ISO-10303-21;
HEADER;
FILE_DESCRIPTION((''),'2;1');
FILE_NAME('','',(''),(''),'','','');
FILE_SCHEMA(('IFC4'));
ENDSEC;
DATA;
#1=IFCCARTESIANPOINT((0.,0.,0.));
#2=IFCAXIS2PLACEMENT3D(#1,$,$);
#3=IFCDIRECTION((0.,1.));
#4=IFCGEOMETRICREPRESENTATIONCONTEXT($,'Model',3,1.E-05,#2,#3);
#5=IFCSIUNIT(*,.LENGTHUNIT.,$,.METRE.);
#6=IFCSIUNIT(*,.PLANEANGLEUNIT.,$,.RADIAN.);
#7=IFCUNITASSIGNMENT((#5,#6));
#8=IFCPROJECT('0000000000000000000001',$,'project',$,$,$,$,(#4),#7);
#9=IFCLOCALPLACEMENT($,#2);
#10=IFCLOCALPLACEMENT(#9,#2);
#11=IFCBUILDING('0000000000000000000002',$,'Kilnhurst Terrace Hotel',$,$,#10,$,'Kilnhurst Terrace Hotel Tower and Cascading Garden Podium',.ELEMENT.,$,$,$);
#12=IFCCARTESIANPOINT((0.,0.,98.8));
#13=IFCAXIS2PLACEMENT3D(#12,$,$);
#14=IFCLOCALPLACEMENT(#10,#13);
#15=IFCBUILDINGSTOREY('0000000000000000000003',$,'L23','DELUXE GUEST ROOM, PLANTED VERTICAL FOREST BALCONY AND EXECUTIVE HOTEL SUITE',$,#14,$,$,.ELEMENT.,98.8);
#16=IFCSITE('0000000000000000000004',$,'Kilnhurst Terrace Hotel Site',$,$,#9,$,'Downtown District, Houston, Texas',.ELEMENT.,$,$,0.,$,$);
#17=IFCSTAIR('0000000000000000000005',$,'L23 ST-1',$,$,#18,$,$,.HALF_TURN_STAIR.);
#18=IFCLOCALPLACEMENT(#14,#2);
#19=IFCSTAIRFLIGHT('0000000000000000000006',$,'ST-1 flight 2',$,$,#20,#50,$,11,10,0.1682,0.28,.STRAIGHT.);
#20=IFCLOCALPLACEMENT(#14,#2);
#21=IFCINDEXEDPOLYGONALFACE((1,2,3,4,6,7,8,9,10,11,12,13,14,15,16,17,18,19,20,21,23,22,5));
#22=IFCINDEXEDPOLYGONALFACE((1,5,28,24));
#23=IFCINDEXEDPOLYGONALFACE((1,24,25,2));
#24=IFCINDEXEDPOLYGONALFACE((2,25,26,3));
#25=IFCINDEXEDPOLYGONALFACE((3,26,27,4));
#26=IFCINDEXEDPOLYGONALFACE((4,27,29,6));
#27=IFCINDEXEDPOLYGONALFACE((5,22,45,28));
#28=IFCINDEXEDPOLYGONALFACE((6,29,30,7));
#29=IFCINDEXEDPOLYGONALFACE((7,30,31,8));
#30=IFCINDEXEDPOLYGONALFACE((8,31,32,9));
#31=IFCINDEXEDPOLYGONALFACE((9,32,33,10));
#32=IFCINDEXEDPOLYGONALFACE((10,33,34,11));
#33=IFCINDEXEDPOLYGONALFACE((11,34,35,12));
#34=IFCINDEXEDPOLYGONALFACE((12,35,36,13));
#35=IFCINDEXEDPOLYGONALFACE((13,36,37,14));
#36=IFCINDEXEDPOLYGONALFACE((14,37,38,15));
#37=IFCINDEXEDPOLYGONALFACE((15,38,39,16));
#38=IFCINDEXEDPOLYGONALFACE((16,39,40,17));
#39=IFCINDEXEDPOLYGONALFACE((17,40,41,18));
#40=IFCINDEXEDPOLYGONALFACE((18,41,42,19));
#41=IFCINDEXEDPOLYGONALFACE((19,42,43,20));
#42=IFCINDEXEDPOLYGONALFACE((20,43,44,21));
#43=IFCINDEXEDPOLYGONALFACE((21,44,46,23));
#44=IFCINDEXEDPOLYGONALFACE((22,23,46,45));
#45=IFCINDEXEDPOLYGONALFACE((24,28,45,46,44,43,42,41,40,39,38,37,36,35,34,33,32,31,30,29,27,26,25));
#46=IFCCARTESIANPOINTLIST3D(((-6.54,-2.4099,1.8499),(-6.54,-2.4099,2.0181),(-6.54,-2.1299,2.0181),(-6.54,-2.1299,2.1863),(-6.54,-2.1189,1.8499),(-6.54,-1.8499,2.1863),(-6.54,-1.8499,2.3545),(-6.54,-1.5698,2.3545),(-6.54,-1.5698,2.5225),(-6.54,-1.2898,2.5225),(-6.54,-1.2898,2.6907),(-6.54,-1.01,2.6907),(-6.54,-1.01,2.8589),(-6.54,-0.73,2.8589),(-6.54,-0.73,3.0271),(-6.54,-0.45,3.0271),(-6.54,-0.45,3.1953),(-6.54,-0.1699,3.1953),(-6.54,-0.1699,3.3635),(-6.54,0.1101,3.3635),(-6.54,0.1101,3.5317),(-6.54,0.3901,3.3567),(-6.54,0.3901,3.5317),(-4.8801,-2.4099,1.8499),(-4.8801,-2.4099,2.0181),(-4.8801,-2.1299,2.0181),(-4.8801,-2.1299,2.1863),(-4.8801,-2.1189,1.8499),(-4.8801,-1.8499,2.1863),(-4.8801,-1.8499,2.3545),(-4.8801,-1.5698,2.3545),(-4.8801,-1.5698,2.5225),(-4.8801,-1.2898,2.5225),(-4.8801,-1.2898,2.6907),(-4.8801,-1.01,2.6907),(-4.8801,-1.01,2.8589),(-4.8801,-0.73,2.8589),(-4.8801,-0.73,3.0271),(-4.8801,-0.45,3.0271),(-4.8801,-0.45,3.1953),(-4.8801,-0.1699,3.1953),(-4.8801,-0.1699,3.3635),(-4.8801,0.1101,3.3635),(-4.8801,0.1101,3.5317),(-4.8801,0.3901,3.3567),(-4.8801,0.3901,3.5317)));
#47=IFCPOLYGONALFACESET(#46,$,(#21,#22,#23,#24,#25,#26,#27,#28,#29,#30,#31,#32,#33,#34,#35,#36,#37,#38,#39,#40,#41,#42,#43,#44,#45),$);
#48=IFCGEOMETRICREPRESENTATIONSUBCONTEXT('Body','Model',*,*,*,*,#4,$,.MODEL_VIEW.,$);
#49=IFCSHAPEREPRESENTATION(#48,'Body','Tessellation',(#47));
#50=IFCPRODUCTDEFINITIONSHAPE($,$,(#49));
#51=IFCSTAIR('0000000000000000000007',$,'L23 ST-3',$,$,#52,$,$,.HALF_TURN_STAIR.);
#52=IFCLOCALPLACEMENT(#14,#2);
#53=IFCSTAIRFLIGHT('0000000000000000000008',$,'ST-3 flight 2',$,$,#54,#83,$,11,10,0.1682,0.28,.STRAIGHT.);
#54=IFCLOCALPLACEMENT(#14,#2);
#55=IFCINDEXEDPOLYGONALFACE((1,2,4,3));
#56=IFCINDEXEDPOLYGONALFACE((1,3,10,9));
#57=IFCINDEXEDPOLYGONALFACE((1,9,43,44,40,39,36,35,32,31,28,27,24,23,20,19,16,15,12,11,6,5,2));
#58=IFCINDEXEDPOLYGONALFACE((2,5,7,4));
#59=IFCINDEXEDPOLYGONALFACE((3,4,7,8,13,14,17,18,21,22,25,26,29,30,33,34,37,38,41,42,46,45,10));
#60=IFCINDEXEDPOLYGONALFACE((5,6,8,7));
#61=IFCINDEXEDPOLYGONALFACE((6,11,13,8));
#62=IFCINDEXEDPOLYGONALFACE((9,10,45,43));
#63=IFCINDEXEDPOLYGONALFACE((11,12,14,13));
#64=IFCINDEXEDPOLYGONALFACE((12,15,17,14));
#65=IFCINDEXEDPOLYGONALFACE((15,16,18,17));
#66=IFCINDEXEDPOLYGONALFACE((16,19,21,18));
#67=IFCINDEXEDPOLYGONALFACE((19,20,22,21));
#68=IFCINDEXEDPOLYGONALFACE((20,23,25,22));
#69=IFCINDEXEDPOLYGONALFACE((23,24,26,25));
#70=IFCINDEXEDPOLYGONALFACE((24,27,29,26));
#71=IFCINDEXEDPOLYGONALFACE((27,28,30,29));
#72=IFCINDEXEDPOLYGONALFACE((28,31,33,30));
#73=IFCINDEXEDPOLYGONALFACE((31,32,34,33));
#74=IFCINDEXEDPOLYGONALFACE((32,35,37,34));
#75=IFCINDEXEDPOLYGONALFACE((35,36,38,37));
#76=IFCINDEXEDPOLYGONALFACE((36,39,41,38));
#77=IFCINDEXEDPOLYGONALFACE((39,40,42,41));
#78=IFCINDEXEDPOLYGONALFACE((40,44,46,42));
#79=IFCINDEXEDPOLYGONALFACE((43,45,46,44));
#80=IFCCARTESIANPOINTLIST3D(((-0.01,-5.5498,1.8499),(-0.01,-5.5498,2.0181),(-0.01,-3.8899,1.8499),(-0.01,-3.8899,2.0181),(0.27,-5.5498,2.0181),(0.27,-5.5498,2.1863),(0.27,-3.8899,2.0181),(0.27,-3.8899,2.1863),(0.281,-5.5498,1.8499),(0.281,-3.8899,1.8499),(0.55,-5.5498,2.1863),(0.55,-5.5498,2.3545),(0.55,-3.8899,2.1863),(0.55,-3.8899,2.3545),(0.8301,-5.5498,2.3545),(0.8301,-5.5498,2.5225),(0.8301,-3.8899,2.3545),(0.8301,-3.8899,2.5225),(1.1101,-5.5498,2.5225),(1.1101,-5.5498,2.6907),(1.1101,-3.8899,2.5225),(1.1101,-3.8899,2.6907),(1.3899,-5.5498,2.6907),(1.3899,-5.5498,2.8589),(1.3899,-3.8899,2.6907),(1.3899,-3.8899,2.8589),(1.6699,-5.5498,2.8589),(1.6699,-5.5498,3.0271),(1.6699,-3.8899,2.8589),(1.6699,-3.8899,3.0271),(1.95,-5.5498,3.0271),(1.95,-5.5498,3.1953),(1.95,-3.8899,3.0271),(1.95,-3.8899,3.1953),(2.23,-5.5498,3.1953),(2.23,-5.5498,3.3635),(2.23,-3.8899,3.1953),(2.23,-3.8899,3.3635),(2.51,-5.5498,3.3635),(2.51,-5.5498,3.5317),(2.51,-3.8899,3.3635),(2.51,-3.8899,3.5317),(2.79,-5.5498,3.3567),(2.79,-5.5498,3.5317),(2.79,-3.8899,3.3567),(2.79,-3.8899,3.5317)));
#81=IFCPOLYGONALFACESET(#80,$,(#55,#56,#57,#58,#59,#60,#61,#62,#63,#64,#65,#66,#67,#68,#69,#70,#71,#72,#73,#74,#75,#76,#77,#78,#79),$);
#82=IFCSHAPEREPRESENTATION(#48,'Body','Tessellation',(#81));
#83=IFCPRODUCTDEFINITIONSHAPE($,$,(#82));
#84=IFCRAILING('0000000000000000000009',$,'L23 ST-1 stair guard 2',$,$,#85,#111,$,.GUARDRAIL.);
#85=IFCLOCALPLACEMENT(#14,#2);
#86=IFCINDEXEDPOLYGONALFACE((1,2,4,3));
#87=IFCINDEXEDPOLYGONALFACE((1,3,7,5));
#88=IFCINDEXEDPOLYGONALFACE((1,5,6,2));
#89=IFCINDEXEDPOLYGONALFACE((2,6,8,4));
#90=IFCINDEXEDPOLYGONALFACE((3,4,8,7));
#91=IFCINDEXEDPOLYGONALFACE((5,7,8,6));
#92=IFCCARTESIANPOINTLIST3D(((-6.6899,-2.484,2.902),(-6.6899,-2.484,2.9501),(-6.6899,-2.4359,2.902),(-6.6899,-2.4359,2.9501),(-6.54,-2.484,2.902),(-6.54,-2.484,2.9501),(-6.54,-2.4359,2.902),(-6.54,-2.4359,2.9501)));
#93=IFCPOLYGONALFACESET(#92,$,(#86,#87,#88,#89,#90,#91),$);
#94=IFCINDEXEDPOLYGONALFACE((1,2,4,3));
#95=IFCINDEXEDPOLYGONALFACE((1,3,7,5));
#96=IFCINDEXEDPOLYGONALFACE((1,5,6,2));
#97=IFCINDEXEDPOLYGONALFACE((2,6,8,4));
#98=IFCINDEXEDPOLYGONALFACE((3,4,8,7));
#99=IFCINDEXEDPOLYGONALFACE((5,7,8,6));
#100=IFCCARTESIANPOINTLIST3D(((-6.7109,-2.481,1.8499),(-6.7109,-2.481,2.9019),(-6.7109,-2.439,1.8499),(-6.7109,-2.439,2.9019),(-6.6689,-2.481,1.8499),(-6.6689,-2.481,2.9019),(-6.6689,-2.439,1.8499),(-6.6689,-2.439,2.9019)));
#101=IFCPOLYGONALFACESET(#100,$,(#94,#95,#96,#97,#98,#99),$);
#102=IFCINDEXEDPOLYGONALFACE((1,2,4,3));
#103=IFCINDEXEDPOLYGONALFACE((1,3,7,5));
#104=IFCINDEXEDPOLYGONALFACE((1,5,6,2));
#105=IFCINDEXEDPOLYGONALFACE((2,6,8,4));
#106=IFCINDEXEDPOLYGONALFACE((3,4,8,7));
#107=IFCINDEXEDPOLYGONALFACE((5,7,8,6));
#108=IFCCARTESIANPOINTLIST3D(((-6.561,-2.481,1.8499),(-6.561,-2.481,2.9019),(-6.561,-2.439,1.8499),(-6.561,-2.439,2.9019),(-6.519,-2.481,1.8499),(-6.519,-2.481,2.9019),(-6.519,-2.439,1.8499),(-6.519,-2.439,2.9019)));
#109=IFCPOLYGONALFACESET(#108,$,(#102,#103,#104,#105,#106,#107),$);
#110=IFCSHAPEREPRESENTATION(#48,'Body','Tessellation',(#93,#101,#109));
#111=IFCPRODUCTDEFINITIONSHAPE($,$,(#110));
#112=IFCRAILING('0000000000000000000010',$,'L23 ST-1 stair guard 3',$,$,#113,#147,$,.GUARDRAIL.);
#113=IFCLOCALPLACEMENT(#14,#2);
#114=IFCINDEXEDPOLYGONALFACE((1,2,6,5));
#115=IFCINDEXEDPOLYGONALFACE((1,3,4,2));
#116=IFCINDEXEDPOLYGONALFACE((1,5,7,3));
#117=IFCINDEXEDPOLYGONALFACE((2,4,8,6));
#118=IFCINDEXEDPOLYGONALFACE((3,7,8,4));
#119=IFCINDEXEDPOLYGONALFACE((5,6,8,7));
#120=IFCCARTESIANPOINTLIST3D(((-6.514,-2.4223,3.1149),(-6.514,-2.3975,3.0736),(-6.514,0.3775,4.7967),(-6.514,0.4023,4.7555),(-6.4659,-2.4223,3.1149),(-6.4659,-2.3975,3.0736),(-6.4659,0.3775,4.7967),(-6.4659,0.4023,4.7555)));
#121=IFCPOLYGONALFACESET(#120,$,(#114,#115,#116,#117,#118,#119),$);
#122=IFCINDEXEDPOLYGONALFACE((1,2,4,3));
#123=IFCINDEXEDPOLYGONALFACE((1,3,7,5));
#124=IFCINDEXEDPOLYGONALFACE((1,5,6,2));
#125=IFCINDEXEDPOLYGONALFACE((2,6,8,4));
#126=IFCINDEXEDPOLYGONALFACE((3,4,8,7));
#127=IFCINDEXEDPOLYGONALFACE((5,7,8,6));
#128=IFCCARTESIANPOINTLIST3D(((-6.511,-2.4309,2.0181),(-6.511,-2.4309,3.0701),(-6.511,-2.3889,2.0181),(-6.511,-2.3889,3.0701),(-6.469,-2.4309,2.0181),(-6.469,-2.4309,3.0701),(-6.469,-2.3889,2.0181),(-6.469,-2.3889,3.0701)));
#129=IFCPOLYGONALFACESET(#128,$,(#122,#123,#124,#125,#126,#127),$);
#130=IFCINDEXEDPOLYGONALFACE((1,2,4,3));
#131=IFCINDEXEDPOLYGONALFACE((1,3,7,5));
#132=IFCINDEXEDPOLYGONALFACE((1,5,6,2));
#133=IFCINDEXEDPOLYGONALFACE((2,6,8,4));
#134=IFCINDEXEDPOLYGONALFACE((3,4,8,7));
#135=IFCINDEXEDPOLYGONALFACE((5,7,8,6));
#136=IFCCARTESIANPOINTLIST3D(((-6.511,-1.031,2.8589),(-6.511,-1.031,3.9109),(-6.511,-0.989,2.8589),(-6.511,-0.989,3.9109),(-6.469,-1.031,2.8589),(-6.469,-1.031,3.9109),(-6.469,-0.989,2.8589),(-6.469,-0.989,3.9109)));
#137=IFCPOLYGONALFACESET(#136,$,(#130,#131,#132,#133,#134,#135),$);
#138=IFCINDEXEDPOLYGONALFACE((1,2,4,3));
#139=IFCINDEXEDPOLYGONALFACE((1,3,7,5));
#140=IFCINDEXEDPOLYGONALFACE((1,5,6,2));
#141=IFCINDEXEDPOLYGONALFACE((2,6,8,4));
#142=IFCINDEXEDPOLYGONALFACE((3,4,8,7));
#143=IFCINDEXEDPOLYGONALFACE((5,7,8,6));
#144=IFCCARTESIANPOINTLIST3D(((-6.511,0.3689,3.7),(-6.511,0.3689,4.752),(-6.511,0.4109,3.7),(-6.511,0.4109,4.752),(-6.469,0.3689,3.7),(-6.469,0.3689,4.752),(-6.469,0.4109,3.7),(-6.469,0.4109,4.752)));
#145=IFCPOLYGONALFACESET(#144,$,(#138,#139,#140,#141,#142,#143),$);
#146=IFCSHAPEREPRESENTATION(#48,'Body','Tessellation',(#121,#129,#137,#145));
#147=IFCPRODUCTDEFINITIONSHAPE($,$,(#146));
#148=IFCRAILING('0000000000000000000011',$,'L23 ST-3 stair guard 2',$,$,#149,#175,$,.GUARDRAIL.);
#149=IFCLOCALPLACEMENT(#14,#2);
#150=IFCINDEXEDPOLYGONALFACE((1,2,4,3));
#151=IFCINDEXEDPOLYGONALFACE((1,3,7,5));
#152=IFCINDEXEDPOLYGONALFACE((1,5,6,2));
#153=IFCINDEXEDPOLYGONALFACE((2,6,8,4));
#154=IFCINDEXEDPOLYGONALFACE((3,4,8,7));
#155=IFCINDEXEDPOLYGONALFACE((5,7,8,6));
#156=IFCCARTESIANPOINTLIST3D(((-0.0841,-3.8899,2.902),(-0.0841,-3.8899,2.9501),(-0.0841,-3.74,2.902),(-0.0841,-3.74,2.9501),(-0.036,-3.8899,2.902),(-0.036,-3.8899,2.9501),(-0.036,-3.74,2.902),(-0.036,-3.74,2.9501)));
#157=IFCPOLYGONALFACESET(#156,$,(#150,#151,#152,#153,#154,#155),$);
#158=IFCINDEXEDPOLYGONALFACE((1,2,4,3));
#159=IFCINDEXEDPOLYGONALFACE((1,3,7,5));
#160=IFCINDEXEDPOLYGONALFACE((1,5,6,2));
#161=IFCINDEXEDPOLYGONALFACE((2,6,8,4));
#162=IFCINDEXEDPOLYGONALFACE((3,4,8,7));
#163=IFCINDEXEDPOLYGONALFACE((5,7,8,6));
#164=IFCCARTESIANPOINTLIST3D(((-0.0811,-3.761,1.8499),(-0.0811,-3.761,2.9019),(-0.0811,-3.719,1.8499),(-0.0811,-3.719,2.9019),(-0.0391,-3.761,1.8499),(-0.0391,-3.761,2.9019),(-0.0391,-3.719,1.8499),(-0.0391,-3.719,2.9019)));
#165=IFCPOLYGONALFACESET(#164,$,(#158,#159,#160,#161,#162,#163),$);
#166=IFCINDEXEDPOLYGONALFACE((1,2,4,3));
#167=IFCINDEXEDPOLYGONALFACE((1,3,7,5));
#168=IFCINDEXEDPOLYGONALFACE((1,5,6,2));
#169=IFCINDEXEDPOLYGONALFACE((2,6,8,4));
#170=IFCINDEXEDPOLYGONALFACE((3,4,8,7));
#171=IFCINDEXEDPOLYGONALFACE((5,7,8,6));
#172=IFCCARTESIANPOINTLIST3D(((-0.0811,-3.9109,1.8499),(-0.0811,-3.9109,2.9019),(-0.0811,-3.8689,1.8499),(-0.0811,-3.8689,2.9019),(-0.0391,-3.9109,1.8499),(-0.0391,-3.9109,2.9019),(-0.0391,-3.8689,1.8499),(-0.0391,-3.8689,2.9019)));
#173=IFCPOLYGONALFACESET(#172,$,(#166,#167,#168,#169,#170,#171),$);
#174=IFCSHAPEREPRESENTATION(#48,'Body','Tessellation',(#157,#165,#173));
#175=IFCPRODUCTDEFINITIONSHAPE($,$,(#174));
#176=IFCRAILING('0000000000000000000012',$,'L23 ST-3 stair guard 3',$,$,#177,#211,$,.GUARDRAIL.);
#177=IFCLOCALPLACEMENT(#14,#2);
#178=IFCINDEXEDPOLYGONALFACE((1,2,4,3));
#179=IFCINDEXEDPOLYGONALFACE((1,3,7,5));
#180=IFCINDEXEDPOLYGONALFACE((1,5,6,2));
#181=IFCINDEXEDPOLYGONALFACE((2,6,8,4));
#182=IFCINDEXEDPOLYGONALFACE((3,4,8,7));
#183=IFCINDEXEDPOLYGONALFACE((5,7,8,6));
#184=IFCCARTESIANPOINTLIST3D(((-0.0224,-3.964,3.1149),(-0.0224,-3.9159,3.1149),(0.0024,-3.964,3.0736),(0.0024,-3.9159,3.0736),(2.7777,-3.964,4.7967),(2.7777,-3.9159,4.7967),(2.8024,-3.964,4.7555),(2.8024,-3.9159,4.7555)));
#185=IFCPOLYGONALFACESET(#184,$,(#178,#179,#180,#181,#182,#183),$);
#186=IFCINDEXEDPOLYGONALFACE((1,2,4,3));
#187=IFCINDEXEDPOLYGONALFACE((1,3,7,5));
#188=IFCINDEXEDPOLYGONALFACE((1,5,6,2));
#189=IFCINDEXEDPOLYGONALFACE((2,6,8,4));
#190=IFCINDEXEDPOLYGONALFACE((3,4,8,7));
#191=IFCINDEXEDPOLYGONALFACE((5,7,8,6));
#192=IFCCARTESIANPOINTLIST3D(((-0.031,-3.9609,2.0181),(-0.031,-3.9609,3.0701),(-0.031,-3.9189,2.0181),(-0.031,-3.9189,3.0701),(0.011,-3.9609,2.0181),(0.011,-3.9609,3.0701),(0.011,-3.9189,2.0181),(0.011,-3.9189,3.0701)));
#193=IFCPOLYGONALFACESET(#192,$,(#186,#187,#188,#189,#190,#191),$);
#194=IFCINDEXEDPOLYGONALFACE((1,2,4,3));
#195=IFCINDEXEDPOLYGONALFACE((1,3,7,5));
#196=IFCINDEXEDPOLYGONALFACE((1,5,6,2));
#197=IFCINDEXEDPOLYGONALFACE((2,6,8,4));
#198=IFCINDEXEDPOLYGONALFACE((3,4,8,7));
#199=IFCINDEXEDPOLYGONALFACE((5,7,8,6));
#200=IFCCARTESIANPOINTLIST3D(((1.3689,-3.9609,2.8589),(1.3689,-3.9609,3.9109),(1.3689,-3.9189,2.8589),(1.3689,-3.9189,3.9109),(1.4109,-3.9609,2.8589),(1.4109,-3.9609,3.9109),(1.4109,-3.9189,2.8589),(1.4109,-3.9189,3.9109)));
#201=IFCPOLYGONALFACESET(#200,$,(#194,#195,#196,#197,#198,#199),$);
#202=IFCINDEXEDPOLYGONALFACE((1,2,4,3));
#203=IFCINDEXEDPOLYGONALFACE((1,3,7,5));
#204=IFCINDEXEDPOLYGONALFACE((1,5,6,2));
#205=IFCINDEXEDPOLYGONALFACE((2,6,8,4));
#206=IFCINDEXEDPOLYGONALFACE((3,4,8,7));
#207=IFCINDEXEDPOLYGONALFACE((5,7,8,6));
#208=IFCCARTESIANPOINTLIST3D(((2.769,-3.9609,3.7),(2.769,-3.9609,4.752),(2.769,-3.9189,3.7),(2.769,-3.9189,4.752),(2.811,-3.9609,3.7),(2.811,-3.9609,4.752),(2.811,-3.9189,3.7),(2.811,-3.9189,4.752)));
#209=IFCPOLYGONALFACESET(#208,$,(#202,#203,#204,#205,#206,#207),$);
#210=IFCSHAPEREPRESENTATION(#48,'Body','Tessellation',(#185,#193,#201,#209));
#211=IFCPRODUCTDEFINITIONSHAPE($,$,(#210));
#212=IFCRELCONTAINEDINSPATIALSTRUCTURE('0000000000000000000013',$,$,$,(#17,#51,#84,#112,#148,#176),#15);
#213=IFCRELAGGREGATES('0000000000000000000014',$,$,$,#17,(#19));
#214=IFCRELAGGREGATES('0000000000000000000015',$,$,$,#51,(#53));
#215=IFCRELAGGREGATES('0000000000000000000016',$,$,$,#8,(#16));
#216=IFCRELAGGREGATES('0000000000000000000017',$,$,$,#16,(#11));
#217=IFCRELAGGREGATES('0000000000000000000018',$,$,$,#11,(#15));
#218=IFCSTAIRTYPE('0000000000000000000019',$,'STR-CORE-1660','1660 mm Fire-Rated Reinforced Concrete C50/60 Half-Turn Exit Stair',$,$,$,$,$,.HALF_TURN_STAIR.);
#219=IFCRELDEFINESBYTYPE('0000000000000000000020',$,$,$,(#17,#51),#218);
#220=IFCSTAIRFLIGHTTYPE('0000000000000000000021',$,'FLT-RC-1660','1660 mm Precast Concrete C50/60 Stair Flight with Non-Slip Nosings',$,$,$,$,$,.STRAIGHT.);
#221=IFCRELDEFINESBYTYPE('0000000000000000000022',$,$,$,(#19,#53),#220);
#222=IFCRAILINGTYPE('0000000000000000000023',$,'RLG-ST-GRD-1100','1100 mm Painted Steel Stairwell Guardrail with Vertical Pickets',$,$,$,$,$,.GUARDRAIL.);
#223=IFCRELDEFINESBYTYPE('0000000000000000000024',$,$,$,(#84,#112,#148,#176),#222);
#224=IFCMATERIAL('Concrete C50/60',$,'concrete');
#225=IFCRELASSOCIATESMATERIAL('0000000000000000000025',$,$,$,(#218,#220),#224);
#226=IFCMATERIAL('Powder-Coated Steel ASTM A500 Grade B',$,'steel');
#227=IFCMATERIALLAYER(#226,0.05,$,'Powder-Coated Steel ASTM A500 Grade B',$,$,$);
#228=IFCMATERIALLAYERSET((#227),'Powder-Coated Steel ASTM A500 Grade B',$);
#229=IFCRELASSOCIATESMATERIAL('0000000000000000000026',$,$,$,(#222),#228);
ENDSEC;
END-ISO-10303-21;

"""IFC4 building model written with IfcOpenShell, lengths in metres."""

from ifc_helpers import new_model, si_unit, direction, frame, origin, origin_2d, place, context, subcontext, project, spatial, polyline, rectangle, outline, extrude, material, layer, layer_set, type_object, element, aggregate, save


model = new_model("IFC4")

# Units and contexts
model_context = context("Model", 3, precision=1e-05, world=origin(), true_north=direction((0.0, 1.0)))
body_context = subcontext(model_context, "Body", "Model", "MODEL_VIEW")
ifc_project = project(units=[si_unit("LENGTHUNIT", "METRE"), si_unit("PLANEANGLEUNIT", "RADIAN")], contexts=[model_context])

# Site, building, storey
site_placement = place(None, origin())
site = spatial("IfcSite", under=ifc_project, at=site_placement, Name="Kilnhurst Terrace Hotel Site", LongName="Downtown District, Houston, Texas", CompositionType="ELEMENT", RefElevation=0.0)
building_placement = place(site_placement, origin())
building = spatial("IfcBuilding", under=site, at=building_placement, Name="Kilnhurst Terrace Hotel", LongName="Kilnhurst Terrace Hotel Tower and Cascading Garden Podium", CompositionType="ELEMENT")
storey_placement = place(building_placement, frame((0.0, 0.0, 98.8)))
storey = spatial("IfcBuildingStorey", under=building, at=storey_placement, Name="L23", Description="DELUXE GUEST ROOM, PLANTED VERTICAL FOREST BALCONY AND EXECUTIVE HOTEL SUITE", CompositionType="ELEMENT", Elevation=98.8)

# Shared definitions
ifc_material_1 = material(Name="Concrete C50/60", Category="concrete")

# Stairs, stair flights
stair_type = type_object("IfcStairType", Name="STR-CORE-1660", Description="1660 mm Fire-Rated Reinforced Concrete C50/60 Half-Turn Exit Stair", PredefinedType="HALF_TURN_STAIR", material=ifc_material_1)
stair_1_placement = place(storey_placement, origin())
stair_1 = element("IfcStair", 1, at=stair_1_placement, inside=storey, type_object=stair_type, Name="L23 ST-1", PredefinedType="HALF_TURN_STAIR")
stair_flight_type = type_object("IfcStairFlightType", Name="FLT-RC-1660", Description="1660 mm Precast Concrete C50/60 Stair Flight with Non-Slip Nosings", PredefinedType="STRAIGHT", material=ifc_material_1)
stair_flight_1_placement = place(storey_placement, frame((-5.71, -2.4099, 1.8499), z_axis=(0.0, 0.0, 1.0), x_axis=(0.0, 1.0, 0.0)))
stair_flight_1 = element("IfcStairFlight", 2, at=stair_flight_1_placement, type_object=stair_flight_type, Name="ST-1 flight 2", NumberOfRisers=11, NumberOfTreads=10, PredefinedType="STRAIGHT", RiserHeight=0.1682, TreadLength=0.28, context=body_context, shape_type="SweptSolid", body=[
    extrude(outline(polyline([(0.0, 0.0), (0.0, 0.1682), (0.28, 0.1682), (0.28, 0.3364), (0.5601, 0.3364), (0.5601, 0.5046), (0.8401, 0.5046), (0.8401, 0.6726), (1.1201, 0.6726), (1.1201, 0.8408), (1.3999, 0.8408), (1.3999, 1.009), (1.6799, 1.009), (1.6799, 1.1772), (1.96, 1.1772), (1.96, 1.3455), (2.24, 1.3455), (2.24, 1.5137), (2.52, 1.5137), (2.52, 1.6819), (2.8, 1.6819), (2.8, 1.8501), (2.8, 1.5068), (0.291, 0.0), (0.0, 0.0)])), frame((0.0, 0.8301, 0.0), z_axis=(0.0, -1.0, 0.0), x_axis=(1.0, 0.0, 0.0)), (0.0, 0.0, 1.0), 1.6599),
])
aggregate(stair_1, [stair_flight_1])
stair_2_placement = place(storey_placement, origin())
stair_2 = element("IfcStair", 3, at=stair_2_placement, inside=storey, type_object=stair_type, Name="L23 ST-3", PredefinedType="HALF_TURN_STAIR")
stair_flight_2_placement = place(storey_placement, frame((-0.01, -4.72, 1.8499), z_axis=(0.0, 0.0, 1.0), x_axis=(1.0, 0.0, 0.0)))
stair_flight_2 = element("IfcStairFlight", 4, at=stair_flight_2_placement, type_object=stair_flight_type, Name="ST-3 flight 2", NumberOfRisers=11, NumberOfTreads=10, PredefinedType="STRAIGHT", RiserHeight=0.1682, TreadLength=0.28, context=body_context, shape_type="SweptSolid", body=[
    extrude(outline(polyline([(0.0, 0.0), (0.0, 0.1682), (0.28, 0.1682), (0.28, 0.3364), (0.5601, 0.3364), (0.5601, 0.5046), (0.8401, 0.5046), (0.8401, 0.6726), (1.1201, 0.6726), (1.1201, 0.8408), (1.3999, 0.8408), (1.3999, 1.009), (1.6799, 1.009), (1.6799, 1.1772), (1.96, 1.1772), (1.96, 1.3455), (2.24, 1.3455), (2.24, 1.5137), (2.52, 1.5137), (2.52, 1.6819), (2.8, 1.6819), (2.8, 1.8501), (2.8, 1.5068), (0.291, 0.0), (0.0, 0.0)])), frame((0.0, 0.8301, 0.0), z_axis=(0.0, -1.0, 0.0), x_axis=(1.0, 0.0, 0.0)), (0.0, 0.0, 1.0), 1.6599),
])
aggregate(stair_2, [stair_flight_2])

# Railings
ifc_material_2 = material(Name="Powder-Coated Steel ASTM A500 Grade B", Category="steel")
ifc_layer_1 = layer(ifc_material_2, 0.05, Name="Powder-Coated Steel ASTM A500 Grade B")
ifc_layer_set_1 = layer_set([ifc_layer_1], Name="Powder-Coated Steel ASTM A500 Grade B")
railing_type_1 = type_object("IfcRailingType", Name="RLG-ST-GRD-1100", Description="1100 mm Painted Steel Stairwell Guardrail with Vertical Pickets", PredefinedType="GUARDRAIL", material=ifc_layer_set_1)
railing_1_placement = place(storey_placement, frame((-6.6899, -2.46, 1.8499)))
element("IfcRailing", 5, at=railing_1_placement, inside=storey, type_object=railing_type_1, Name="L23 ST-1 stair guard 2", PredefinedType="GUARDRAIL", context=body_context, shape_type="SweptSolid", body=[
    extrude(rectangle(XDim=0.0481, YDim=0.0481, at=origin_2d()), frame((0.0, 0.0, 1.0762), z_axis=(1.0, 0.0, 0.0), x_axis=(0.0, 1.0, 0.0)), (0.0, 0.0, 1.0), 0.1499),
    extrude(rectangle(XDim=0.042, YDim=0.042, at=origin_2d()), origin(), (0.0, 0.0, 1.0), 1.052),
    extrude(rectangle(XDim=0.042, YDim=0.042, at=origin_2d()), frame((0.1499, 0.0, 0.0)), (0.0, 0.0, 1.0), 1.052),
])
railing_2_placement = place(storey_placement, frame((-6.49, -2.4099, 2.0181)))
element("IfcRailing", 6, at=railing_2_placement, inside=storey, type_object=railing_type_1, Name="L23 ST-1 stair guard 3", PredefinedType="GUARDRAIL", context=body_context, shape_type="SweptSolid", body=[
    extrude(rectangle(XDim=0.0481, YDim=0.0481, at=origin_2d()), frame((0.0, 0.0, 1.0762), z_axis=(0.0, 0.857222, 0.514946), x_axis=(-1.0, 0.0, 0.0)), (0.0, 0.0, 1.0), 3.2661),
    extrude(rectangle(XDim=0.042, YDim=0.042, at=origin_2d()), origin(), (0.0, 0.0, 1.0), 1.052),
    extrude(rectangle(XDim=0.042, YDim=0.042, at=origin_2d()), frame((0.0, 1.3999, 0.8408)), (0.0, 0.0, 1.0), 1.052),
    extrude(rectangle(XDim=0.042, YDim=0.042, at=origin_2d()), frame((0.0, 2.7998, 1.6819)), (0.0, 0.0, 1.0), 1.052),
])
railing_3_placement = place(storey_placement, frame((-0.0601, -3.74, 1.8499)))
element("IfcRailing", 7, at=railing_3_placement, inside=storey, type_object=railing_type_1, Name="L23 ST-3 stair guard 2", PredefinedType="GUARDRAIL", context=body_context, shape_type="SweptSolid", body=[
    extrude(rectangle(XDim=0.0481, YDim=0.0481, at=origin_2d()), frame((0.0, 0.0, 1.0762), z_axis=(0.0, -1.0, 0.0), x_axis=(1.0, 0.0, 0.0)), (0.0, 0.0, 1.0), 0.1499),
    extrude(rectangle(XDim=0.042, YDim=0.042, at=origin_2d()), origin(), (0.0, 0.0, 1.0), 1.052),
    extrude(rectangle(XDim=0.042, YDim=0.042, at=origin_2d()), frame((0.0, -0.1499, 0.0)), (0.0, 0.0, 1.0), 1.052),
])
railing_4_placement = place(storey_placement, frame((-0.01, -3.9399, 2.0181)))
element("IfcRailing", 8, at=railing_4_placement, inside=storey, type_object=railing_type_1, Name="L23 ST-3 stair guard 3", PredefinedType="GUARDRAIL", context=body_context, shape_type="SweptSolid", body=[
    extrude(rectangle(XDim=0.0481, YDim=0.0481, at=origin_2d()), frame((0.0, 0.0, 1.0762), z_axis=(0.857242, 0.0, 0.514913), x_axis=(0.0, 1.0, 0.0)), (0.0, 0.0, 1.0), 3.2664),
    extrude(rectangle(XDim=0.042, YDim=0.042, at=origin_2d()), origin(), (0.0, 0.0, 1.0), 1.052),
    extrude(rectangle(XDim=0.042, YDim=0.042, at=origin_2d()), frame((1.3999, 0.0, 0.8408)), (0.0, 0.0, 1.0), 1.052),
    extrude(rectangle(XDim=0.042, YDim=0.042, at=origin_2d()), frame((2.8, 0.0, 1.6819)), (0.0, 0.0, 1.0), 1.052),
])

save(model, "model.ifc")
